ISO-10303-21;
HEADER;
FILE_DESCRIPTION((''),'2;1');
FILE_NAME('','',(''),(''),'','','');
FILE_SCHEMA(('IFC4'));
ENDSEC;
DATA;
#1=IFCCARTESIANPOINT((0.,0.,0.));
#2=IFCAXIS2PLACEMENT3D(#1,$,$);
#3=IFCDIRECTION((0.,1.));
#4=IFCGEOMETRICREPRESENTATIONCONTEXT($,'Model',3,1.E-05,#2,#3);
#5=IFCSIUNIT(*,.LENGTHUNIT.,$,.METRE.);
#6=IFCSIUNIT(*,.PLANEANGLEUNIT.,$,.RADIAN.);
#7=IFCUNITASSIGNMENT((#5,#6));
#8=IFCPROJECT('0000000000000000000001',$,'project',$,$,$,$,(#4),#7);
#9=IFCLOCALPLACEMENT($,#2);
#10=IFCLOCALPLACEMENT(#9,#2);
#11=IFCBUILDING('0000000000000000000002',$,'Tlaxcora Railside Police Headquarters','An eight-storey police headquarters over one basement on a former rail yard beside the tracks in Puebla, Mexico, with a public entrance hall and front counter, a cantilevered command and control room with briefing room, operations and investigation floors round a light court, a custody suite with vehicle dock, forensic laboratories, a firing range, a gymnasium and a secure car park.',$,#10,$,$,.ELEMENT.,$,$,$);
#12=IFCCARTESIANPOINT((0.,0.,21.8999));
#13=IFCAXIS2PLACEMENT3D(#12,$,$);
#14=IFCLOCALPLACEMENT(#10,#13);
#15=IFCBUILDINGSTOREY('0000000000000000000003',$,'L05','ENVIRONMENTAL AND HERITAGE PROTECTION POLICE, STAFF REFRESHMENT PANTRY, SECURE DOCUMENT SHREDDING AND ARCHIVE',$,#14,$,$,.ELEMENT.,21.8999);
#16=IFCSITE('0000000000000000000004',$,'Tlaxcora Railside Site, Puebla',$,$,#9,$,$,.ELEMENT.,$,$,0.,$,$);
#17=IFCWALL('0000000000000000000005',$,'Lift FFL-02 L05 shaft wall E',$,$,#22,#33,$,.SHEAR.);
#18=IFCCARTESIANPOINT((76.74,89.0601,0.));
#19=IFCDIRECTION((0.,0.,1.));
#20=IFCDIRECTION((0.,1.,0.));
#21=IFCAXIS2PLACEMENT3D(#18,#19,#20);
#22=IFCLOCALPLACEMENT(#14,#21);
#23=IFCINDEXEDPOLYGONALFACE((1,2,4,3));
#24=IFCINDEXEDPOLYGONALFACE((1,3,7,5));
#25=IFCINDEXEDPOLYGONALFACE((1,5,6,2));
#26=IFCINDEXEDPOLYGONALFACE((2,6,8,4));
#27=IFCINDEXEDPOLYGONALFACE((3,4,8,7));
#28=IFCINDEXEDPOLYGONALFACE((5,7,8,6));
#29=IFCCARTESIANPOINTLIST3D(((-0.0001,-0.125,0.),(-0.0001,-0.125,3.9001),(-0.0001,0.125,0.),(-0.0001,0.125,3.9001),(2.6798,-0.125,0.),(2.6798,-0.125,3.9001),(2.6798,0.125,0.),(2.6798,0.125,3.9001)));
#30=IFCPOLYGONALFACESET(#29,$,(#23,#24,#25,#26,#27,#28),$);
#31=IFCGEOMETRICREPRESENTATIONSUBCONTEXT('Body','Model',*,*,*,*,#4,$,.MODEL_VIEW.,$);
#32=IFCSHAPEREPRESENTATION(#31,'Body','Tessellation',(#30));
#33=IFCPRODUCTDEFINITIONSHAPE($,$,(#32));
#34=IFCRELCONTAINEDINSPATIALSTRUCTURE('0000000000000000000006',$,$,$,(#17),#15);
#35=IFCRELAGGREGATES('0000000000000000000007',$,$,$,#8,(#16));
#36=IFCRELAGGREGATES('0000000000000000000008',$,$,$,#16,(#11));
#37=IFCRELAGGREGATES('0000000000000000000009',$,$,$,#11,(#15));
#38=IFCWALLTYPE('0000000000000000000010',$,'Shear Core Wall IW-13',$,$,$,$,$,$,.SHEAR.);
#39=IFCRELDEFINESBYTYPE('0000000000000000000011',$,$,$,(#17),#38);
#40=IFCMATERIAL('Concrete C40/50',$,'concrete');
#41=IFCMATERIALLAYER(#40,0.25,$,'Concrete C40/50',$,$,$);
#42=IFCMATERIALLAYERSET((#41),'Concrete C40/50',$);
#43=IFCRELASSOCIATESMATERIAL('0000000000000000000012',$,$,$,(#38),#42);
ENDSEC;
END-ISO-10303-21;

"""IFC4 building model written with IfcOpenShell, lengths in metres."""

from ifc_helpers import new_model, si_unit, direction, frame, frame_2d, origin, place, context, subcontext, project, spatial, rectangle, extrude, material, layer, layer_set, type_object, element, save


model = new_model("IFC4")

# Units and contexts
model_context = context("Model", 3, precision=1e-05, world=origin(), true_north=direction((0.0, 1.0)))
body_context = subcontext(model_context, "Body", "Model", "MODEL_VIEW")
ifc_project = project(units=[si_unit("LENGTHUNIT", "METRE"), si_unit("PLANEANGLEUNIT", "RADIAN")], contexts=[model_context])

# Site, building, storey
site_placement = place(None, origin())
site = spatial("IfcSite", under=ifc_project, at=site_placement, Name="Tlaxcora Railside Site, Puebla", CompositionType="ELEMENT", RefElevation=0.0)
building_placement = place(site_placement, origin())
building = spatial("IfcBuilding", under=site, at=building_placement, Name="Tlaxcora Railside Police Headquarters", Description="An eight-storey police headquarters over one basement on a former rail yard beside the tracks in Puebla, Mexico, with a public entrance hall and front counter, a cantilevered command and control room with briefing room, operations and investigation floors round a light court, a custody suite with vehicle dock, forensic laboratories, a firing range, a gymnasium and a secure car park.", CompositionType="ELEMENT")
storey_placement = place(building_placement, frame((0.0, 0.0, 21.8999)))
storey = spatial("IfcBuildingStorey", under=building, at=storey_placement, Name="L05", Description="ENVIRONMENTAL AND HERITAGE PROTECTION POLICE, STAFF REFRESHMENT PANTRY, SECURE DOCUMENT SHREDDING AND ARCHIVE", CompositionType="ELEMENT", Elevation=21.8999)

# Shared definitions
ifc_material_1 = material(Name="Concrete C40/50", Category="concrete")

# Shared definitions
ifc_layer_1 = layer(ifc_material_1, 0.25, Name="Concrete C40/50")
ifc_layer_set_1 = layer_set([ifc_layer_1], Name="Concrete C40/50")
wall_type_1 = type_object("IfcWallType", Name="Shear Core Wall IW-13", PredefinedType="SHEAR", material=ifc_layer_set_1)

# Wall
wall_1_placement = place(storey_placement, frame((76.74, 89.0601, 0.0), z_axis=(0.0, 0.0, 1.0), x_axis=(0.0, 1.0, 0.0)))
element("IfcWall", 1, at=wall_1_placement, inside=storey, type_object=wall_type_1, Name="Lift FFL-02 L05 shaft wall E", PredefinedType="SHEAR", context=body_context, shape_type="SweptSolid", body=[
    extrude(rectangle(XDim=2.6799, YDim=0.25, at=frame_2d((1.3398, 0.0))), origin(), (0.0, 0.0, 1.0), 3.9001),
])

save(model, "model.ifc")
